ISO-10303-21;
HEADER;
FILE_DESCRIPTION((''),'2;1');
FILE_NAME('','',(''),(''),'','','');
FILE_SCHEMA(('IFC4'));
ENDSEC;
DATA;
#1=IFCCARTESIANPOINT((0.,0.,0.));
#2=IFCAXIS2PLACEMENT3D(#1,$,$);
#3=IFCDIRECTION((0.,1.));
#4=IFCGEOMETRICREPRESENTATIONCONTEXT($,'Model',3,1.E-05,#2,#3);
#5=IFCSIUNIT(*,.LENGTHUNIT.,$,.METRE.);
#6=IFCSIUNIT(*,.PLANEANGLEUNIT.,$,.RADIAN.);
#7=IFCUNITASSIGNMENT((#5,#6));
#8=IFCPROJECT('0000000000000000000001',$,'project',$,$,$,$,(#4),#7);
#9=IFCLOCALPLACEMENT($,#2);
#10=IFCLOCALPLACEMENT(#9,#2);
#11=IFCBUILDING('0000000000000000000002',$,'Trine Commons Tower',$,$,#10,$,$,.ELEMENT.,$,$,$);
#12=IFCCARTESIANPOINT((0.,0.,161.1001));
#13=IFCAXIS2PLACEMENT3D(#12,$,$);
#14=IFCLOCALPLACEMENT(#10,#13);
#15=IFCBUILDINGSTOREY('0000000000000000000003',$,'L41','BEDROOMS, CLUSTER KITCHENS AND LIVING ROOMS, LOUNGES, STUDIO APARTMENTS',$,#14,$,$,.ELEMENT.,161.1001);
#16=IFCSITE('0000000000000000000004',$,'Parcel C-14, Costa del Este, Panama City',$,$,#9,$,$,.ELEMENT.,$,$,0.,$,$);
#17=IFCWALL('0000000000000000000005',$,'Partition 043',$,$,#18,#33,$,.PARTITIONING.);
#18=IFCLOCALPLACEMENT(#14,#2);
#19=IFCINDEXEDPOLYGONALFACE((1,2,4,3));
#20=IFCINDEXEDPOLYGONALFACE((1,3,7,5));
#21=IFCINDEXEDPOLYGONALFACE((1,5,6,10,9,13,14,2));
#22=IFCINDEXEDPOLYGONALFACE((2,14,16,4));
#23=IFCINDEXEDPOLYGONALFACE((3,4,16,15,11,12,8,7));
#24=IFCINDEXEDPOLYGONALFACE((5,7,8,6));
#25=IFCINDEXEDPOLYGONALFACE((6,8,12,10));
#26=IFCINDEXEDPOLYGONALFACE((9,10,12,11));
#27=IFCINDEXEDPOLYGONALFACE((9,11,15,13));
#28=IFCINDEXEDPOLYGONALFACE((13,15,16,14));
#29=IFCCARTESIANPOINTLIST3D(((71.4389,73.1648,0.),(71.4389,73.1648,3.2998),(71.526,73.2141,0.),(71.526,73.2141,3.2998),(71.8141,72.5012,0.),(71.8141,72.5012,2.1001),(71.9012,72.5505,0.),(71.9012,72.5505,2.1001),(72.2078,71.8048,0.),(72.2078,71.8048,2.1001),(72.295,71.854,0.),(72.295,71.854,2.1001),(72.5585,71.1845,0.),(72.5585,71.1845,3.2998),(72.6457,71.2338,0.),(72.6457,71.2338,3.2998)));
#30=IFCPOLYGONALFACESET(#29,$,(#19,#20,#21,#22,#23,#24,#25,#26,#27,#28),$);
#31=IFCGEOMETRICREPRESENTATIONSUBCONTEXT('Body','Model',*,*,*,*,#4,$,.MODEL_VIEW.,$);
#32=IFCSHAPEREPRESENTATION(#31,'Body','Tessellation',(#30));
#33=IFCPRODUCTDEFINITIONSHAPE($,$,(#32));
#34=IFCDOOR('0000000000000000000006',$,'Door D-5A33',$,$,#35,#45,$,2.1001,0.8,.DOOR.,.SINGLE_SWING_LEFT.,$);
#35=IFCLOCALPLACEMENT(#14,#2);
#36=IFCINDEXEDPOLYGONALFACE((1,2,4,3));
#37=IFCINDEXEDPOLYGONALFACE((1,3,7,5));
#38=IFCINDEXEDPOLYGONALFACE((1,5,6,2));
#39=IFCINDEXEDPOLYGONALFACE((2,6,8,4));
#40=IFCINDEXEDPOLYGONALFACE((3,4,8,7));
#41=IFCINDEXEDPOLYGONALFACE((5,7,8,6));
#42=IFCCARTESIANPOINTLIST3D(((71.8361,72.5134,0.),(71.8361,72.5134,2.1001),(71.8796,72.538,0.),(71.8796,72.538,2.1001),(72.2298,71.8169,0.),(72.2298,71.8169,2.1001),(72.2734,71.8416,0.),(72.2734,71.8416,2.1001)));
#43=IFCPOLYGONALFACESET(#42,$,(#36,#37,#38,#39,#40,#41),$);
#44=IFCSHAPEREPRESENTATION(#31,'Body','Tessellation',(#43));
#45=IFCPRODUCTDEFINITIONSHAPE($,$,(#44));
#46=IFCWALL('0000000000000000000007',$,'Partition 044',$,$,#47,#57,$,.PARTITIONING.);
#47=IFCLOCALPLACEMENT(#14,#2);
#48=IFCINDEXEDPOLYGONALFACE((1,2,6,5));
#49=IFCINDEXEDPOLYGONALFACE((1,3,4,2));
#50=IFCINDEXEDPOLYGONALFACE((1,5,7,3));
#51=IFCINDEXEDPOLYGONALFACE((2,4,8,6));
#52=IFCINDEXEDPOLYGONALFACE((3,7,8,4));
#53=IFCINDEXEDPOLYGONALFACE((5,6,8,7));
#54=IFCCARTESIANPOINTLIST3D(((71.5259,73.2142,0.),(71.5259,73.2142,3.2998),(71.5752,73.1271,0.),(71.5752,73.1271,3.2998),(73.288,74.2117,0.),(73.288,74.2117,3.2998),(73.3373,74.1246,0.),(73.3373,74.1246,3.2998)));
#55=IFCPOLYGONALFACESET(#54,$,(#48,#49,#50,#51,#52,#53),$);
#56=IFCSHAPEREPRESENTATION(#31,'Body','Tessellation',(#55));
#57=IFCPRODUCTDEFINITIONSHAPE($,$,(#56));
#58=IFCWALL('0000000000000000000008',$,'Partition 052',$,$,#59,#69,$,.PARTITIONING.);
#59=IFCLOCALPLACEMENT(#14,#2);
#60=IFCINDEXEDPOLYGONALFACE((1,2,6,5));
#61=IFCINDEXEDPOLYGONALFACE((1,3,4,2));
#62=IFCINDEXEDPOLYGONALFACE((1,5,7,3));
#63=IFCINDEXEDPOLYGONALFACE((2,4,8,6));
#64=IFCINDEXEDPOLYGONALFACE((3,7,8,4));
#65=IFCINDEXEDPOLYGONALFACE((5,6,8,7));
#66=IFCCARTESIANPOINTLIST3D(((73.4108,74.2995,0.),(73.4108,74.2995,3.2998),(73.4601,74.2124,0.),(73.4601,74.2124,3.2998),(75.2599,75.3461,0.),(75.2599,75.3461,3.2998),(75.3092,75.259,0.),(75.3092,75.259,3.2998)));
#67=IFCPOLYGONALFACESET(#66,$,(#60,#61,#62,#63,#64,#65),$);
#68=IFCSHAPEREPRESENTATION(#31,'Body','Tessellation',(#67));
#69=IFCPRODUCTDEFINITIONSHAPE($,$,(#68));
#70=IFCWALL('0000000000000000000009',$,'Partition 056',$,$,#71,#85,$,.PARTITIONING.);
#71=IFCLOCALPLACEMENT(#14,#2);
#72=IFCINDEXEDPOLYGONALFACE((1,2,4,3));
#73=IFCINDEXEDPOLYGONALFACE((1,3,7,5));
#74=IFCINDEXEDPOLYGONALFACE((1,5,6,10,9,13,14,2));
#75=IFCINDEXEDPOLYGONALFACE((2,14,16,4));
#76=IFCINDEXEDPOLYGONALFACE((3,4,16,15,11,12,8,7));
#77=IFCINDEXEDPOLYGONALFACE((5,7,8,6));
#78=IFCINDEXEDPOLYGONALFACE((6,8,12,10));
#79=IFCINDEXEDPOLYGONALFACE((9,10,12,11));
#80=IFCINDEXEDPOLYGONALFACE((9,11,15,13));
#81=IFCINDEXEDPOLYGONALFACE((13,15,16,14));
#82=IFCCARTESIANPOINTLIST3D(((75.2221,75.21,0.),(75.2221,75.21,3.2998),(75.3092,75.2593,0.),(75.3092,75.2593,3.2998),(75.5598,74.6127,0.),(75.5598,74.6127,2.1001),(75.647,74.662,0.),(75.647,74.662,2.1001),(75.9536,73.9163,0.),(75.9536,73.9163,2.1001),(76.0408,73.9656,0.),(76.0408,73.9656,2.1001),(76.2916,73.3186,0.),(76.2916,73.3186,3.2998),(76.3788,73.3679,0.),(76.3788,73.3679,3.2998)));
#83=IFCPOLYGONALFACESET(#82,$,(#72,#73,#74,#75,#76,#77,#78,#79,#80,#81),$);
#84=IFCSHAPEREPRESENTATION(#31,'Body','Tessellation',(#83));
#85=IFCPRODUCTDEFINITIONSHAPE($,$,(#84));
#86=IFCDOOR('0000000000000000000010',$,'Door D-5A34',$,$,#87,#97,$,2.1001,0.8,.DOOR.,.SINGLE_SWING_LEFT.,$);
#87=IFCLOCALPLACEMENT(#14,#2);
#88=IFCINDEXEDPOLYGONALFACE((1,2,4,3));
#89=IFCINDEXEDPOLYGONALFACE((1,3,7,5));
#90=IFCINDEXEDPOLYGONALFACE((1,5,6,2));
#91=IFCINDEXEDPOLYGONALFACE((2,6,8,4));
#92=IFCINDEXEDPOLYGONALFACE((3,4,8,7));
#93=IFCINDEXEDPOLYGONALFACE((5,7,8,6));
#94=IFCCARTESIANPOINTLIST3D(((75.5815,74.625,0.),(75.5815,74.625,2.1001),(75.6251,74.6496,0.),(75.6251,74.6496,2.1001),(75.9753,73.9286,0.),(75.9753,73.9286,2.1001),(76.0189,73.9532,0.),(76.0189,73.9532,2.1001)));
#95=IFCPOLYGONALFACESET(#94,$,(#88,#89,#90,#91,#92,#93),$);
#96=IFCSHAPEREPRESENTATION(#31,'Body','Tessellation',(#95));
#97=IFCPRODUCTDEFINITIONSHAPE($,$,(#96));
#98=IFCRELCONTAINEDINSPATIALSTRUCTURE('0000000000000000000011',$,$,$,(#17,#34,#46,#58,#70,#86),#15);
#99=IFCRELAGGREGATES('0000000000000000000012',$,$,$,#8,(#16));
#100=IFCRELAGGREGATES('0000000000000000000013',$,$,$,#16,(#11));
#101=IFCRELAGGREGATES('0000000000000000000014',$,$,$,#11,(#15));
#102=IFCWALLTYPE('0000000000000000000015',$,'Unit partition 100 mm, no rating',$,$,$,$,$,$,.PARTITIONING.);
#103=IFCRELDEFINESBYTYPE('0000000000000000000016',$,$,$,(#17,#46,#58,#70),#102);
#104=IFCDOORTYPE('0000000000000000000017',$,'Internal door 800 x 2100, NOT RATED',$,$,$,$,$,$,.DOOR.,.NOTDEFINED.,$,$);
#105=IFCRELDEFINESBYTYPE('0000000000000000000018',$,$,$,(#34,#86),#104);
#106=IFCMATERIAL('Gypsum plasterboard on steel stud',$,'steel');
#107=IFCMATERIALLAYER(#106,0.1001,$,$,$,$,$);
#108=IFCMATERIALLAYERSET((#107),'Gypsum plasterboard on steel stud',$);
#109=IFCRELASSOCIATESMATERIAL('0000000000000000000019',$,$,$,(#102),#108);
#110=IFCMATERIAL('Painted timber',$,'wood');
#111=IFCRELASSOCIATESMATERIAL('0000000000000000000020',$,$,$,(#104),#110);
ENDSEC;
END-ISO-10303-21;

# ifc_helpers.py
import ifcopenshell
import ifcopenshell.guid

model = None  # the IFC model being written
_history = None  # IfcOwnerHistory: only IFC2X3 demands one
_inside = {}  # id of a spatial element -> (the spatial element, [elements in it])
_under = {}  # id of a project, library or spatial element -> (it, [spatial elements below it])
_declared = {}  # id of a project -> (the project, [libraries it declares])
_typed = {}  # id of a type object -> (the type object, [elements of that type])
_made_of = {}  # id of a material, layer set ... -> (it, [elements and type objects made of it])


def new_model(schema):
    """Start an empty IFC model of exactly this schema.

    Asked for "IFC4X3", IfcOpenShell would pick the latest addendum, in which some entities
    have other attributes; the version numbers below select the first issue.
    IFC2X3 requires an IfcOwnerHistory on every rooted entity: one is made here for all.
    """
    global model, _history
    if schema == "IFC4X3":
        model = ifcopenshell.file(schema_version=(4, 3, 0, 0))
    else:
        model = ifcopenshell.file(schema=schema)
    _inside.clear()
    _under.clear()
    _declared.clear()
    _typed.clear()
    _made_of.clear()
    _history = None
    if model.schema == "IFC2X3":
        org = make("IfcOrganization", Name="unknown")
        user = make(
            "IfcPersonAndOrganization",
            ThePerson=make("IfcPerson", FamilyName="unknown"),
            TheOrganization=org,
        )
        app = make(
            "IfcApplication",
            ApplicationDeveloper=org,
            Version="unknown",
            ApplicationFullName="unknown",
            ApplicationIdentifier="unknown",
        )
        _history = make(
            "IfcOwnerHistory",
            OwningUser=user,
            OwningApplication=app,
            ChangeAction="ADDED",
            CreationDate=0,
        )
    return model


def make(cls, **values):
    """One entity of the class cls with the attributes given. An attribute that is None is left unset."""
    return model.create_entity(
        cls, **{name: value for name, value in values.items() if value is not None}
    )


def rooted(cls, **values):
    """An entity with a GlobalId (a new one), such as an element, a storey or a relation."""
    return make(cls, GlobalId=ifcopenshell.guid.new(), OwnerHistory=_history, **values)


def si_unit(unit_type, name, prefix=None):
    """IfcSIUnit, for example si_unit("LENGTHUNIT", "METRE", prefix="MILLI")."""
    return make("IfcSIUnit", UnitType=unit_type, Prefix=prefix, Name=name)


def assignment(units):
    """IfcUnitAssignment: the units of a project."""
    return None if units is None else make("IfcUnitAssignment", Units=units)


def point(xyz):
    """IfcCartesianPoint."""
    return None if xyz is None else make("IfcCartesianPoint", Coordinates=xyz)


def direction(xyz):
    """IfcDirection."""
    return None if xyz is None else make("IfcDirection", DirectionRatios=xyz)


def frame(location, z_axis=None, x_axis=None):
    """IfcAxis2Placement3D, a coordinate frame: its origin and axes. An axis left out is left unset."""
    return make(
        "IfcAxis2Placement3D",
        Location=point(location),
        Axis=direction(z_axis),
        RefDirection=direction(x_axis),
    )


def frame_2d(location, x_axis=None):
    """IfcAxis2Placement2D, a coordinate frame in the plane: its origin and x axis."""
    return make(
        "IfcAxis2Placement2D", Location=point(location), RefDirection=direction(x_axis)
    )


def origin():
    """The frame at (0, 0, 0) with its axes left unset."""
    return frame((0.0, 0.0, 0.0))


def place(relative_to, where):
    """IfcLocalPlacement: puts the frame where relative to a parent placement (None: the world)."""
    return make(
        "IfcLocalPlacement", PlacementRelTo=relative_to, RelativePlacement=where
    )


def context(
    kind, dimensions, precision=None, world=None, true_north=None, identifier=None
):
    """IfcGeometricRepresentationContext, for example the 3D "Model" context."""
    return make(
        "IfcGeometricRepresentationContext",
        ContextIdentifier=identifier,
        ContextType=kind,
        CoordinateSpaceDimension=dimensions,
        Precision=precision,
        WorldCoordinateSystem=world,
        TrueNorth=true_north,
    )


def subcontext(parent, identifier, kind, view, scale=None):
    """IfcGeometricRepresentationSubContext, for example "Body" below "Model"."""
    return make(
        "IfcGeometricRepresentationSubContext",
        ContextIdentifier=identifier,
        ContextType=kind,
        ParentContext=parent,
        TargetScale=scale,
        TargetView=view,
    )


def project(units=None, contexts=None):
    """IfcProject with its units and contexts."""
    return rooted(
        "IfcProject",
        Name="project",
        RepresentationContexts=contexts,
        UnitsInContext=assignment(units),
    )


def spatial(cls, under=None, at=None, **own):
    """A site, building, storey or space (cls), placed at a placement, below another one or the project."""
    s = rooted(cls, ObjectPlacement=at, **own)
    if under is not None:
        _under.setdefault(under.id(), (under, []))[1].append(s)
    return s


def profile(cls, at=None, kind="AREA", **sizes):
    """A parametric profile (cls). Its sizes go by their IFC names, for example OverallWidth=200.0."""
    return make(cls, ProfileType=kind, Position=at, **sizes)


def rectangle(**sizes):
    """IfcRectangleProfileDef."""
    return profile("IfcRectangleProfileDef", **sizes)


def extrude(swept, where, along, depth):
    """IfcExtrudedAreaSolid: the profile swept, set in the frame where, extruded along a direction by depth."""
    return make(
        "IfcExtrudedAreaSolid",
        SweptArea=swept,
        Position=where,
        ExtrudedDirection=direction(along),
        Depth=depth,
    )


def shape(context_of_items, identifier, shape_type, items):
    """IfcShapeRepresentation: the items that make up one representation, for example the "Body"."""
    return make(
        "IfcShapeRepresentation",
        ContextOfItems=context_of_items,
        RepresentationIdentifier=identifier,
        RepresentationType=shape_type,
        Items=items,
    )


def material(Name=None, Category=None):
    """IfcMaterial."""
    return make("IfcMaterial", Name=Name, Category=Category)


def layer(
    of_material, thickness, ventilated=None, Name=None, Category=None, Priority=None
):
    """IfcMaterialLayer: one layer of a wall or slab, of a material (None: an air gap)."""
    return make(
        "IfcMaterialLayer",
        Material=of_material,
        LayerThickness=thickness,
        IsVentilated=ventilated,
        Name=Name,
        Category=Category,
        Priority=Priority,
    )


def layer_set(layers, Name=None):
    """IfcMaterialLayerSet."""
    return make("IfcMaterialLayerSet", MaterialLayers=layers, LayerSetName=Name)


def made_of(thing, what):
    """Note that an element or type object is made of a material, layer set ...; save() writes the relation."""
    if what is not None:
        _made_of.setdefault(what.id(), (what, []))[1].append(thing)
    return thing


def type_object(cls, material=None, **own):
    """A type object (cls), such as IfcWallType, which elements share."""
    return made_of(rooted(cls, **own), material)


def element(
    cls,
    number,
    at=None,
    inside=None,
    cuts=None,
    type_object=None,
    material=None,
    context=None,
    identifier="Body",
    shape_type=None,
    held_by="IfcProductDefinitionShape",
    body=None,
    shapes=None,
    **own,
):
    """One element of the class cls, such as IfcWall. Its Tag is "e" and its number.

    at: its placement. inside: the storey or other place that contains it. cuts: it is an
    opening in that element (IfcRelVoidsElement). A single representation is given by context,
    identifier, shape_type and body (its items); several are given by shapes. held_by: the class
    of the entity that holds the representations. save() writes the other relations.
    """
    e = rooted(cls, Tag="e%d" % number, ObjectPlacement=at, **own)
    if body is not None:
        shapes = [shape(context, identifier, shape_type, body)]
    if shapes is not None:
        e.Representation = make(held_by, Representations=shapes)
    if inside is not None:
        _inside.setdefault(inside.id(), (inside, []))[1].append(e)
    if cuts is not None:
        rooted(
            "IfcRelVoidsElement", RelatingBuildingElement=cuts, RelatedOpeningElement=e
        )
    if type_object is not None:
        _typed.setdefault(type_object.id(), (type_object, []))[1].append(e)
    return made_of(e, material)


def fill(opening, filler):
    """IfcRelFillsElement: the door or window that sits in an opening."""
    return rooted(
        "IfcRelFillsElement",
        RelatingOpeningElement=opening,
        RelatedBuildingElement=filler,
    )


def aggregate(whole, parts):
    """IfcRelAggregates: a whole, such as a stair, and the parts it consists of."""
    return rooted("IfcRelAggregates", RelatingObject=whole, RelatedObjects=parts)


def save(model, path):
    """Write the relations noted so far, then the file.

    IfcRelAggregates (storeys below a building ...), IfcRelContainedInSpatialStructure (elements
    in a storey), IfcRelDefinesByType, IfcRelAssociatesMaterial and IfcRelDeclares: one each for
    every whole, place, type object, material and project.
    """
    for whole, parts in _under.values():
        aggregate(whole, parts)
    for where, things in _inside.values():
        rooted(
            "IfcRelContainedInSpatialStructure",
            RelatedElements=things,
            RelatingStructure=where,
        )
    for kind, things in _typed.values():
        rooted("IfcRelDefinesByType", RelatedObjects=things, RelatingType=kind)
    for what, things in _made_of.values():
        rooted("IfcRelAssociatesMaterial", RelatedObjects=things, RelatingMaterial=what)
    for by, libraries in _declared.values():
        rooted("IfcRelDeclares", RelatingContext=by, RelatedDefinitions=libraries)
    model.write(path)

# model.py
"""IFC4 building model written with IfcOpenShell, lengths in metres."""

from ifc_helpers import new_model, si_unit, direction, frame, frame_2d, origin, place, context, subcontext, project, spatial, rectangle, extrude, material, layer, layer_set, type_object, element, fill, save


model = new_model("IFC4")

# Units and contexts
model_context = context("Model", 3, precision=1e-05, world=origin(), true_north=direction((0.0, 1.0)))
body_context = subcontext(model_context, "Body", "Model", "MODEL_VIEW")
ifc_project = project(units=[si_unit("LENGTHUNIT", "METRE"), si_unit("PLANEANGLEUNIT", "RADIAN")], contexts=[model_context])

# Site, building, storey
site_placement = place(None, origin())
site = spatial("IfcSite", under=ifc_project, at=site_placement, Name="Parcel C-14, Costa del Este, Panama City", CompositionType="ELEMENT", RefElevation=0.0)
building_placement = place(site_placement, origin())
building = spatial("IfcBuilding", under=site, at=building_placement, Name="Trine Commons Tower", CompositionType="ELEMENT")
storey_placement = place(building_placement, frame((0.0, 0.0, 161.1001)))
storey = spatial("IfcBuildingStorey", under=building, at=storey_placement, Name="L41", Description="BEDROOMS, CLUSTER KITCHENS AND LIVING ROOMS, LOUNGES, STUDIO APARTMENTS", CompositionType="ELEMENT", Elevation=161.1001)

# Shared definitions
ifc_material_1 = material(Name="Gypsum plasterboard on steel stud", Category="steel")

# Wall, opening, door
ifc_layer_1 = layer(ifc_material_1, 0.1001)
ifc_layer_set_1 = layer_set([ifc_layer_1], Name="Gypsum plasterboard on steel stud")
wall_type_1 = type_object("IfcWallType", Name="Unit partition 100 mm, no rating", PredefinedType="PARTITIONING", material=ifc_layer_set_1)
wall_1_placement = place(storey_placement, frame((71.4824, 73.1895, 0.0), z_axis=(0.0, 0.0, 1.0), x_axis=(0.492181, -0.870493, 0.0)))
wall_1 = element("IfcWall", 1, at=wall_1_placement, inside=storey, type_object=wall_type_1, Name="Partition 043", PredefinedType="PARTITIONING", context=body_context, shape_type="SweptSolid", body=[
    extrude(rectangle(XDim=2.2749, YDim=0.1001, at=frame_2d((1.1375, 0.0))), origin(), (0.0, 0.0, 1.0), 3.2998),
])
opening_1_placement = place(wall_1_placement, frame((0.7625, 0.0, 0.0)))
opening_1 = element("IfcOpeningElement", 2, at=opening_1_placement, cuts=wall_1, PredefinedType="OPENING", context=body_context, shape_type="SweptSolid", body=[
    extrude(rectangle(XDim=0.8, YDim=2.1001, at=frame_2d((0.3999, 1.05))), frame((0.0, 0.0601, 0.0), z_axis=(0.0, -1.0, 0.0), x_axis=(1.0, 0.0, 0.0)), (0.0, 0.0, 1.0), 0.1201),
])
ifc_material_2 = material(Name="Painted timber", Category="wood")
door_type_1 = type_object("IfcDoorType", Name="Internal door 800 x 2100, NOT RATED", OperationType="NOTDEFINED", PredefinedType="DOOR", material=ifc_material_2)
door_1_placement = place(opening_1_placement, frame((0.8, 0.0, 0.0), z_axis=(0.0, 0.0, 1.0), x_axis=(-1.0, 0.0, 0.0)))
door_1 = element("IfcDoor", 3, at=door_1_placement, inside=storey, type_object=door_type_1, Name="Door D-5A33", OperationType="SINGLE_SWING_LEFT", OverallHeight=2.1001, OverallWidth=0.8, PredefinedType="DOOR", context=body_context, shape_type="SweptSolid", body=[
    extrude(rectangle(XDim=0.8, YDim=2.1001, at=frame_2d((0.3999, 1.05))), frame((0.0, 0.0249, 0.0), z_axis=(0.0, -1.0, 0.0), x_axis=(1.0, 0.0, 0.0)), (0.0, 0.0, 1.0), 0.05),
])
fill(opening_1, door_1)

# Walls
wall_2_placement = place(storey_placement, frame((71.5505, 73.1707, 0.0), z_axis=(0.0, 0.0, 1.0), x_axis=(0.870239, 0.492629, 0.0)))
element("IfcWall", 4, at=wall_2_placement, inside=storey, type_object=wall_type_1, Name="Partition 044", PredefinedType="PARTITIONING", context=body_context, shape_type="SweptSolid", body=[
    extrude(rectangle(XDim=2.0249, YDim=0.1001, at=frame_2d((1.0125, 0.0))), origin(), (0.0, 0.0, 1.0), 3.2998),
])
wall_3_placement = place(storey_placement, frame((73.4353, 74.2559, 0.0), z_axis=(0.0, 0.0, 1.0), x_axis=(0.870265, 0.492583, 0.0)))
element("IfcWall", 5, at=wall_3_placement, inside=storey, type_object=wall_type_1, Name="Partition 052", PredefinedType="PARTITIONING", context=body_context, shape_type="SweptSolid", body=[
    extrude(rectangle(XDim=2.1248, YDim=0.1001, at=frame_2d((1.0625, 0.0))), origin(), (0.0, 0.0, 1.0), 3.2998),
])

# Wall, opening, door
wall_4_placement = place(storey_placement, frame((75.2656, 75.2346, 0.0), z_axis=(0.0, 0.0, 1.0), x_axis=(0.49225, -0.870454, 0.0)))
wall_4 = element("IfcWall", 6, at=wall_4_placement, inside=storey, type_object=wall_type_1, Name="Partition 056", PredefinedType="PARTITIONING", context=body_context, shape_type="SweptSolid", body=[
    extrude(rectangle(XDim=2.1729, YDim=0.1001, at=frame_2d((1.0864, 0.0))), origin(), (0.0, 0.0, 1.0), 3.2998),
])
opening_2_placement = place(wall_4_placement, frame((0.6863, 0.0, 0.0)))
opening_2 = element("IfcOpeningElement", 7, at=opening_2_placement, cuts=wall_4, PredefinedType="OPENING", context=body_context, shape_type="SweptSolid", body=[
    extrude(rectangle(XDim=0.8, YDim=2.1001, at=frame_2d((0.3999, 1.05))), frame((0.0, 0.0601, 0.0), z_axis=(0.0, -1.0, 0.0), x_axis=(1.0, 0.0, 0.0)), (0.0, 0.0, 1.0), 0.1201),
])
door_2_placement = place(opening_2_placement, origin())
door_2 = element("IfcDoor", 8, at=door_2_placement, inside=storey, type_object=door_type_1, Name="Door D-5A34", OperationType="SINGLE_SWING_LEFT", OverallHeight=2.1001, OverallWidth=0.8, PredefinedType="DOOR", context=body_context, shape_type="SweptSolid", body=[
    extrude(rectangle(XDim=0.8, YDim=2.1001, at=frame_2d((0.3999, 1.05))), frame((0.0, 0.0249, 0.0), z_axis=(0.0, -1.0, 0.0), x_axis=(1.0, 0.0, 0.0)), (0.0, 0.0, 1.0), 0.05),
])
fill(opening_2, door_2)

save(model, "model.ifc")
